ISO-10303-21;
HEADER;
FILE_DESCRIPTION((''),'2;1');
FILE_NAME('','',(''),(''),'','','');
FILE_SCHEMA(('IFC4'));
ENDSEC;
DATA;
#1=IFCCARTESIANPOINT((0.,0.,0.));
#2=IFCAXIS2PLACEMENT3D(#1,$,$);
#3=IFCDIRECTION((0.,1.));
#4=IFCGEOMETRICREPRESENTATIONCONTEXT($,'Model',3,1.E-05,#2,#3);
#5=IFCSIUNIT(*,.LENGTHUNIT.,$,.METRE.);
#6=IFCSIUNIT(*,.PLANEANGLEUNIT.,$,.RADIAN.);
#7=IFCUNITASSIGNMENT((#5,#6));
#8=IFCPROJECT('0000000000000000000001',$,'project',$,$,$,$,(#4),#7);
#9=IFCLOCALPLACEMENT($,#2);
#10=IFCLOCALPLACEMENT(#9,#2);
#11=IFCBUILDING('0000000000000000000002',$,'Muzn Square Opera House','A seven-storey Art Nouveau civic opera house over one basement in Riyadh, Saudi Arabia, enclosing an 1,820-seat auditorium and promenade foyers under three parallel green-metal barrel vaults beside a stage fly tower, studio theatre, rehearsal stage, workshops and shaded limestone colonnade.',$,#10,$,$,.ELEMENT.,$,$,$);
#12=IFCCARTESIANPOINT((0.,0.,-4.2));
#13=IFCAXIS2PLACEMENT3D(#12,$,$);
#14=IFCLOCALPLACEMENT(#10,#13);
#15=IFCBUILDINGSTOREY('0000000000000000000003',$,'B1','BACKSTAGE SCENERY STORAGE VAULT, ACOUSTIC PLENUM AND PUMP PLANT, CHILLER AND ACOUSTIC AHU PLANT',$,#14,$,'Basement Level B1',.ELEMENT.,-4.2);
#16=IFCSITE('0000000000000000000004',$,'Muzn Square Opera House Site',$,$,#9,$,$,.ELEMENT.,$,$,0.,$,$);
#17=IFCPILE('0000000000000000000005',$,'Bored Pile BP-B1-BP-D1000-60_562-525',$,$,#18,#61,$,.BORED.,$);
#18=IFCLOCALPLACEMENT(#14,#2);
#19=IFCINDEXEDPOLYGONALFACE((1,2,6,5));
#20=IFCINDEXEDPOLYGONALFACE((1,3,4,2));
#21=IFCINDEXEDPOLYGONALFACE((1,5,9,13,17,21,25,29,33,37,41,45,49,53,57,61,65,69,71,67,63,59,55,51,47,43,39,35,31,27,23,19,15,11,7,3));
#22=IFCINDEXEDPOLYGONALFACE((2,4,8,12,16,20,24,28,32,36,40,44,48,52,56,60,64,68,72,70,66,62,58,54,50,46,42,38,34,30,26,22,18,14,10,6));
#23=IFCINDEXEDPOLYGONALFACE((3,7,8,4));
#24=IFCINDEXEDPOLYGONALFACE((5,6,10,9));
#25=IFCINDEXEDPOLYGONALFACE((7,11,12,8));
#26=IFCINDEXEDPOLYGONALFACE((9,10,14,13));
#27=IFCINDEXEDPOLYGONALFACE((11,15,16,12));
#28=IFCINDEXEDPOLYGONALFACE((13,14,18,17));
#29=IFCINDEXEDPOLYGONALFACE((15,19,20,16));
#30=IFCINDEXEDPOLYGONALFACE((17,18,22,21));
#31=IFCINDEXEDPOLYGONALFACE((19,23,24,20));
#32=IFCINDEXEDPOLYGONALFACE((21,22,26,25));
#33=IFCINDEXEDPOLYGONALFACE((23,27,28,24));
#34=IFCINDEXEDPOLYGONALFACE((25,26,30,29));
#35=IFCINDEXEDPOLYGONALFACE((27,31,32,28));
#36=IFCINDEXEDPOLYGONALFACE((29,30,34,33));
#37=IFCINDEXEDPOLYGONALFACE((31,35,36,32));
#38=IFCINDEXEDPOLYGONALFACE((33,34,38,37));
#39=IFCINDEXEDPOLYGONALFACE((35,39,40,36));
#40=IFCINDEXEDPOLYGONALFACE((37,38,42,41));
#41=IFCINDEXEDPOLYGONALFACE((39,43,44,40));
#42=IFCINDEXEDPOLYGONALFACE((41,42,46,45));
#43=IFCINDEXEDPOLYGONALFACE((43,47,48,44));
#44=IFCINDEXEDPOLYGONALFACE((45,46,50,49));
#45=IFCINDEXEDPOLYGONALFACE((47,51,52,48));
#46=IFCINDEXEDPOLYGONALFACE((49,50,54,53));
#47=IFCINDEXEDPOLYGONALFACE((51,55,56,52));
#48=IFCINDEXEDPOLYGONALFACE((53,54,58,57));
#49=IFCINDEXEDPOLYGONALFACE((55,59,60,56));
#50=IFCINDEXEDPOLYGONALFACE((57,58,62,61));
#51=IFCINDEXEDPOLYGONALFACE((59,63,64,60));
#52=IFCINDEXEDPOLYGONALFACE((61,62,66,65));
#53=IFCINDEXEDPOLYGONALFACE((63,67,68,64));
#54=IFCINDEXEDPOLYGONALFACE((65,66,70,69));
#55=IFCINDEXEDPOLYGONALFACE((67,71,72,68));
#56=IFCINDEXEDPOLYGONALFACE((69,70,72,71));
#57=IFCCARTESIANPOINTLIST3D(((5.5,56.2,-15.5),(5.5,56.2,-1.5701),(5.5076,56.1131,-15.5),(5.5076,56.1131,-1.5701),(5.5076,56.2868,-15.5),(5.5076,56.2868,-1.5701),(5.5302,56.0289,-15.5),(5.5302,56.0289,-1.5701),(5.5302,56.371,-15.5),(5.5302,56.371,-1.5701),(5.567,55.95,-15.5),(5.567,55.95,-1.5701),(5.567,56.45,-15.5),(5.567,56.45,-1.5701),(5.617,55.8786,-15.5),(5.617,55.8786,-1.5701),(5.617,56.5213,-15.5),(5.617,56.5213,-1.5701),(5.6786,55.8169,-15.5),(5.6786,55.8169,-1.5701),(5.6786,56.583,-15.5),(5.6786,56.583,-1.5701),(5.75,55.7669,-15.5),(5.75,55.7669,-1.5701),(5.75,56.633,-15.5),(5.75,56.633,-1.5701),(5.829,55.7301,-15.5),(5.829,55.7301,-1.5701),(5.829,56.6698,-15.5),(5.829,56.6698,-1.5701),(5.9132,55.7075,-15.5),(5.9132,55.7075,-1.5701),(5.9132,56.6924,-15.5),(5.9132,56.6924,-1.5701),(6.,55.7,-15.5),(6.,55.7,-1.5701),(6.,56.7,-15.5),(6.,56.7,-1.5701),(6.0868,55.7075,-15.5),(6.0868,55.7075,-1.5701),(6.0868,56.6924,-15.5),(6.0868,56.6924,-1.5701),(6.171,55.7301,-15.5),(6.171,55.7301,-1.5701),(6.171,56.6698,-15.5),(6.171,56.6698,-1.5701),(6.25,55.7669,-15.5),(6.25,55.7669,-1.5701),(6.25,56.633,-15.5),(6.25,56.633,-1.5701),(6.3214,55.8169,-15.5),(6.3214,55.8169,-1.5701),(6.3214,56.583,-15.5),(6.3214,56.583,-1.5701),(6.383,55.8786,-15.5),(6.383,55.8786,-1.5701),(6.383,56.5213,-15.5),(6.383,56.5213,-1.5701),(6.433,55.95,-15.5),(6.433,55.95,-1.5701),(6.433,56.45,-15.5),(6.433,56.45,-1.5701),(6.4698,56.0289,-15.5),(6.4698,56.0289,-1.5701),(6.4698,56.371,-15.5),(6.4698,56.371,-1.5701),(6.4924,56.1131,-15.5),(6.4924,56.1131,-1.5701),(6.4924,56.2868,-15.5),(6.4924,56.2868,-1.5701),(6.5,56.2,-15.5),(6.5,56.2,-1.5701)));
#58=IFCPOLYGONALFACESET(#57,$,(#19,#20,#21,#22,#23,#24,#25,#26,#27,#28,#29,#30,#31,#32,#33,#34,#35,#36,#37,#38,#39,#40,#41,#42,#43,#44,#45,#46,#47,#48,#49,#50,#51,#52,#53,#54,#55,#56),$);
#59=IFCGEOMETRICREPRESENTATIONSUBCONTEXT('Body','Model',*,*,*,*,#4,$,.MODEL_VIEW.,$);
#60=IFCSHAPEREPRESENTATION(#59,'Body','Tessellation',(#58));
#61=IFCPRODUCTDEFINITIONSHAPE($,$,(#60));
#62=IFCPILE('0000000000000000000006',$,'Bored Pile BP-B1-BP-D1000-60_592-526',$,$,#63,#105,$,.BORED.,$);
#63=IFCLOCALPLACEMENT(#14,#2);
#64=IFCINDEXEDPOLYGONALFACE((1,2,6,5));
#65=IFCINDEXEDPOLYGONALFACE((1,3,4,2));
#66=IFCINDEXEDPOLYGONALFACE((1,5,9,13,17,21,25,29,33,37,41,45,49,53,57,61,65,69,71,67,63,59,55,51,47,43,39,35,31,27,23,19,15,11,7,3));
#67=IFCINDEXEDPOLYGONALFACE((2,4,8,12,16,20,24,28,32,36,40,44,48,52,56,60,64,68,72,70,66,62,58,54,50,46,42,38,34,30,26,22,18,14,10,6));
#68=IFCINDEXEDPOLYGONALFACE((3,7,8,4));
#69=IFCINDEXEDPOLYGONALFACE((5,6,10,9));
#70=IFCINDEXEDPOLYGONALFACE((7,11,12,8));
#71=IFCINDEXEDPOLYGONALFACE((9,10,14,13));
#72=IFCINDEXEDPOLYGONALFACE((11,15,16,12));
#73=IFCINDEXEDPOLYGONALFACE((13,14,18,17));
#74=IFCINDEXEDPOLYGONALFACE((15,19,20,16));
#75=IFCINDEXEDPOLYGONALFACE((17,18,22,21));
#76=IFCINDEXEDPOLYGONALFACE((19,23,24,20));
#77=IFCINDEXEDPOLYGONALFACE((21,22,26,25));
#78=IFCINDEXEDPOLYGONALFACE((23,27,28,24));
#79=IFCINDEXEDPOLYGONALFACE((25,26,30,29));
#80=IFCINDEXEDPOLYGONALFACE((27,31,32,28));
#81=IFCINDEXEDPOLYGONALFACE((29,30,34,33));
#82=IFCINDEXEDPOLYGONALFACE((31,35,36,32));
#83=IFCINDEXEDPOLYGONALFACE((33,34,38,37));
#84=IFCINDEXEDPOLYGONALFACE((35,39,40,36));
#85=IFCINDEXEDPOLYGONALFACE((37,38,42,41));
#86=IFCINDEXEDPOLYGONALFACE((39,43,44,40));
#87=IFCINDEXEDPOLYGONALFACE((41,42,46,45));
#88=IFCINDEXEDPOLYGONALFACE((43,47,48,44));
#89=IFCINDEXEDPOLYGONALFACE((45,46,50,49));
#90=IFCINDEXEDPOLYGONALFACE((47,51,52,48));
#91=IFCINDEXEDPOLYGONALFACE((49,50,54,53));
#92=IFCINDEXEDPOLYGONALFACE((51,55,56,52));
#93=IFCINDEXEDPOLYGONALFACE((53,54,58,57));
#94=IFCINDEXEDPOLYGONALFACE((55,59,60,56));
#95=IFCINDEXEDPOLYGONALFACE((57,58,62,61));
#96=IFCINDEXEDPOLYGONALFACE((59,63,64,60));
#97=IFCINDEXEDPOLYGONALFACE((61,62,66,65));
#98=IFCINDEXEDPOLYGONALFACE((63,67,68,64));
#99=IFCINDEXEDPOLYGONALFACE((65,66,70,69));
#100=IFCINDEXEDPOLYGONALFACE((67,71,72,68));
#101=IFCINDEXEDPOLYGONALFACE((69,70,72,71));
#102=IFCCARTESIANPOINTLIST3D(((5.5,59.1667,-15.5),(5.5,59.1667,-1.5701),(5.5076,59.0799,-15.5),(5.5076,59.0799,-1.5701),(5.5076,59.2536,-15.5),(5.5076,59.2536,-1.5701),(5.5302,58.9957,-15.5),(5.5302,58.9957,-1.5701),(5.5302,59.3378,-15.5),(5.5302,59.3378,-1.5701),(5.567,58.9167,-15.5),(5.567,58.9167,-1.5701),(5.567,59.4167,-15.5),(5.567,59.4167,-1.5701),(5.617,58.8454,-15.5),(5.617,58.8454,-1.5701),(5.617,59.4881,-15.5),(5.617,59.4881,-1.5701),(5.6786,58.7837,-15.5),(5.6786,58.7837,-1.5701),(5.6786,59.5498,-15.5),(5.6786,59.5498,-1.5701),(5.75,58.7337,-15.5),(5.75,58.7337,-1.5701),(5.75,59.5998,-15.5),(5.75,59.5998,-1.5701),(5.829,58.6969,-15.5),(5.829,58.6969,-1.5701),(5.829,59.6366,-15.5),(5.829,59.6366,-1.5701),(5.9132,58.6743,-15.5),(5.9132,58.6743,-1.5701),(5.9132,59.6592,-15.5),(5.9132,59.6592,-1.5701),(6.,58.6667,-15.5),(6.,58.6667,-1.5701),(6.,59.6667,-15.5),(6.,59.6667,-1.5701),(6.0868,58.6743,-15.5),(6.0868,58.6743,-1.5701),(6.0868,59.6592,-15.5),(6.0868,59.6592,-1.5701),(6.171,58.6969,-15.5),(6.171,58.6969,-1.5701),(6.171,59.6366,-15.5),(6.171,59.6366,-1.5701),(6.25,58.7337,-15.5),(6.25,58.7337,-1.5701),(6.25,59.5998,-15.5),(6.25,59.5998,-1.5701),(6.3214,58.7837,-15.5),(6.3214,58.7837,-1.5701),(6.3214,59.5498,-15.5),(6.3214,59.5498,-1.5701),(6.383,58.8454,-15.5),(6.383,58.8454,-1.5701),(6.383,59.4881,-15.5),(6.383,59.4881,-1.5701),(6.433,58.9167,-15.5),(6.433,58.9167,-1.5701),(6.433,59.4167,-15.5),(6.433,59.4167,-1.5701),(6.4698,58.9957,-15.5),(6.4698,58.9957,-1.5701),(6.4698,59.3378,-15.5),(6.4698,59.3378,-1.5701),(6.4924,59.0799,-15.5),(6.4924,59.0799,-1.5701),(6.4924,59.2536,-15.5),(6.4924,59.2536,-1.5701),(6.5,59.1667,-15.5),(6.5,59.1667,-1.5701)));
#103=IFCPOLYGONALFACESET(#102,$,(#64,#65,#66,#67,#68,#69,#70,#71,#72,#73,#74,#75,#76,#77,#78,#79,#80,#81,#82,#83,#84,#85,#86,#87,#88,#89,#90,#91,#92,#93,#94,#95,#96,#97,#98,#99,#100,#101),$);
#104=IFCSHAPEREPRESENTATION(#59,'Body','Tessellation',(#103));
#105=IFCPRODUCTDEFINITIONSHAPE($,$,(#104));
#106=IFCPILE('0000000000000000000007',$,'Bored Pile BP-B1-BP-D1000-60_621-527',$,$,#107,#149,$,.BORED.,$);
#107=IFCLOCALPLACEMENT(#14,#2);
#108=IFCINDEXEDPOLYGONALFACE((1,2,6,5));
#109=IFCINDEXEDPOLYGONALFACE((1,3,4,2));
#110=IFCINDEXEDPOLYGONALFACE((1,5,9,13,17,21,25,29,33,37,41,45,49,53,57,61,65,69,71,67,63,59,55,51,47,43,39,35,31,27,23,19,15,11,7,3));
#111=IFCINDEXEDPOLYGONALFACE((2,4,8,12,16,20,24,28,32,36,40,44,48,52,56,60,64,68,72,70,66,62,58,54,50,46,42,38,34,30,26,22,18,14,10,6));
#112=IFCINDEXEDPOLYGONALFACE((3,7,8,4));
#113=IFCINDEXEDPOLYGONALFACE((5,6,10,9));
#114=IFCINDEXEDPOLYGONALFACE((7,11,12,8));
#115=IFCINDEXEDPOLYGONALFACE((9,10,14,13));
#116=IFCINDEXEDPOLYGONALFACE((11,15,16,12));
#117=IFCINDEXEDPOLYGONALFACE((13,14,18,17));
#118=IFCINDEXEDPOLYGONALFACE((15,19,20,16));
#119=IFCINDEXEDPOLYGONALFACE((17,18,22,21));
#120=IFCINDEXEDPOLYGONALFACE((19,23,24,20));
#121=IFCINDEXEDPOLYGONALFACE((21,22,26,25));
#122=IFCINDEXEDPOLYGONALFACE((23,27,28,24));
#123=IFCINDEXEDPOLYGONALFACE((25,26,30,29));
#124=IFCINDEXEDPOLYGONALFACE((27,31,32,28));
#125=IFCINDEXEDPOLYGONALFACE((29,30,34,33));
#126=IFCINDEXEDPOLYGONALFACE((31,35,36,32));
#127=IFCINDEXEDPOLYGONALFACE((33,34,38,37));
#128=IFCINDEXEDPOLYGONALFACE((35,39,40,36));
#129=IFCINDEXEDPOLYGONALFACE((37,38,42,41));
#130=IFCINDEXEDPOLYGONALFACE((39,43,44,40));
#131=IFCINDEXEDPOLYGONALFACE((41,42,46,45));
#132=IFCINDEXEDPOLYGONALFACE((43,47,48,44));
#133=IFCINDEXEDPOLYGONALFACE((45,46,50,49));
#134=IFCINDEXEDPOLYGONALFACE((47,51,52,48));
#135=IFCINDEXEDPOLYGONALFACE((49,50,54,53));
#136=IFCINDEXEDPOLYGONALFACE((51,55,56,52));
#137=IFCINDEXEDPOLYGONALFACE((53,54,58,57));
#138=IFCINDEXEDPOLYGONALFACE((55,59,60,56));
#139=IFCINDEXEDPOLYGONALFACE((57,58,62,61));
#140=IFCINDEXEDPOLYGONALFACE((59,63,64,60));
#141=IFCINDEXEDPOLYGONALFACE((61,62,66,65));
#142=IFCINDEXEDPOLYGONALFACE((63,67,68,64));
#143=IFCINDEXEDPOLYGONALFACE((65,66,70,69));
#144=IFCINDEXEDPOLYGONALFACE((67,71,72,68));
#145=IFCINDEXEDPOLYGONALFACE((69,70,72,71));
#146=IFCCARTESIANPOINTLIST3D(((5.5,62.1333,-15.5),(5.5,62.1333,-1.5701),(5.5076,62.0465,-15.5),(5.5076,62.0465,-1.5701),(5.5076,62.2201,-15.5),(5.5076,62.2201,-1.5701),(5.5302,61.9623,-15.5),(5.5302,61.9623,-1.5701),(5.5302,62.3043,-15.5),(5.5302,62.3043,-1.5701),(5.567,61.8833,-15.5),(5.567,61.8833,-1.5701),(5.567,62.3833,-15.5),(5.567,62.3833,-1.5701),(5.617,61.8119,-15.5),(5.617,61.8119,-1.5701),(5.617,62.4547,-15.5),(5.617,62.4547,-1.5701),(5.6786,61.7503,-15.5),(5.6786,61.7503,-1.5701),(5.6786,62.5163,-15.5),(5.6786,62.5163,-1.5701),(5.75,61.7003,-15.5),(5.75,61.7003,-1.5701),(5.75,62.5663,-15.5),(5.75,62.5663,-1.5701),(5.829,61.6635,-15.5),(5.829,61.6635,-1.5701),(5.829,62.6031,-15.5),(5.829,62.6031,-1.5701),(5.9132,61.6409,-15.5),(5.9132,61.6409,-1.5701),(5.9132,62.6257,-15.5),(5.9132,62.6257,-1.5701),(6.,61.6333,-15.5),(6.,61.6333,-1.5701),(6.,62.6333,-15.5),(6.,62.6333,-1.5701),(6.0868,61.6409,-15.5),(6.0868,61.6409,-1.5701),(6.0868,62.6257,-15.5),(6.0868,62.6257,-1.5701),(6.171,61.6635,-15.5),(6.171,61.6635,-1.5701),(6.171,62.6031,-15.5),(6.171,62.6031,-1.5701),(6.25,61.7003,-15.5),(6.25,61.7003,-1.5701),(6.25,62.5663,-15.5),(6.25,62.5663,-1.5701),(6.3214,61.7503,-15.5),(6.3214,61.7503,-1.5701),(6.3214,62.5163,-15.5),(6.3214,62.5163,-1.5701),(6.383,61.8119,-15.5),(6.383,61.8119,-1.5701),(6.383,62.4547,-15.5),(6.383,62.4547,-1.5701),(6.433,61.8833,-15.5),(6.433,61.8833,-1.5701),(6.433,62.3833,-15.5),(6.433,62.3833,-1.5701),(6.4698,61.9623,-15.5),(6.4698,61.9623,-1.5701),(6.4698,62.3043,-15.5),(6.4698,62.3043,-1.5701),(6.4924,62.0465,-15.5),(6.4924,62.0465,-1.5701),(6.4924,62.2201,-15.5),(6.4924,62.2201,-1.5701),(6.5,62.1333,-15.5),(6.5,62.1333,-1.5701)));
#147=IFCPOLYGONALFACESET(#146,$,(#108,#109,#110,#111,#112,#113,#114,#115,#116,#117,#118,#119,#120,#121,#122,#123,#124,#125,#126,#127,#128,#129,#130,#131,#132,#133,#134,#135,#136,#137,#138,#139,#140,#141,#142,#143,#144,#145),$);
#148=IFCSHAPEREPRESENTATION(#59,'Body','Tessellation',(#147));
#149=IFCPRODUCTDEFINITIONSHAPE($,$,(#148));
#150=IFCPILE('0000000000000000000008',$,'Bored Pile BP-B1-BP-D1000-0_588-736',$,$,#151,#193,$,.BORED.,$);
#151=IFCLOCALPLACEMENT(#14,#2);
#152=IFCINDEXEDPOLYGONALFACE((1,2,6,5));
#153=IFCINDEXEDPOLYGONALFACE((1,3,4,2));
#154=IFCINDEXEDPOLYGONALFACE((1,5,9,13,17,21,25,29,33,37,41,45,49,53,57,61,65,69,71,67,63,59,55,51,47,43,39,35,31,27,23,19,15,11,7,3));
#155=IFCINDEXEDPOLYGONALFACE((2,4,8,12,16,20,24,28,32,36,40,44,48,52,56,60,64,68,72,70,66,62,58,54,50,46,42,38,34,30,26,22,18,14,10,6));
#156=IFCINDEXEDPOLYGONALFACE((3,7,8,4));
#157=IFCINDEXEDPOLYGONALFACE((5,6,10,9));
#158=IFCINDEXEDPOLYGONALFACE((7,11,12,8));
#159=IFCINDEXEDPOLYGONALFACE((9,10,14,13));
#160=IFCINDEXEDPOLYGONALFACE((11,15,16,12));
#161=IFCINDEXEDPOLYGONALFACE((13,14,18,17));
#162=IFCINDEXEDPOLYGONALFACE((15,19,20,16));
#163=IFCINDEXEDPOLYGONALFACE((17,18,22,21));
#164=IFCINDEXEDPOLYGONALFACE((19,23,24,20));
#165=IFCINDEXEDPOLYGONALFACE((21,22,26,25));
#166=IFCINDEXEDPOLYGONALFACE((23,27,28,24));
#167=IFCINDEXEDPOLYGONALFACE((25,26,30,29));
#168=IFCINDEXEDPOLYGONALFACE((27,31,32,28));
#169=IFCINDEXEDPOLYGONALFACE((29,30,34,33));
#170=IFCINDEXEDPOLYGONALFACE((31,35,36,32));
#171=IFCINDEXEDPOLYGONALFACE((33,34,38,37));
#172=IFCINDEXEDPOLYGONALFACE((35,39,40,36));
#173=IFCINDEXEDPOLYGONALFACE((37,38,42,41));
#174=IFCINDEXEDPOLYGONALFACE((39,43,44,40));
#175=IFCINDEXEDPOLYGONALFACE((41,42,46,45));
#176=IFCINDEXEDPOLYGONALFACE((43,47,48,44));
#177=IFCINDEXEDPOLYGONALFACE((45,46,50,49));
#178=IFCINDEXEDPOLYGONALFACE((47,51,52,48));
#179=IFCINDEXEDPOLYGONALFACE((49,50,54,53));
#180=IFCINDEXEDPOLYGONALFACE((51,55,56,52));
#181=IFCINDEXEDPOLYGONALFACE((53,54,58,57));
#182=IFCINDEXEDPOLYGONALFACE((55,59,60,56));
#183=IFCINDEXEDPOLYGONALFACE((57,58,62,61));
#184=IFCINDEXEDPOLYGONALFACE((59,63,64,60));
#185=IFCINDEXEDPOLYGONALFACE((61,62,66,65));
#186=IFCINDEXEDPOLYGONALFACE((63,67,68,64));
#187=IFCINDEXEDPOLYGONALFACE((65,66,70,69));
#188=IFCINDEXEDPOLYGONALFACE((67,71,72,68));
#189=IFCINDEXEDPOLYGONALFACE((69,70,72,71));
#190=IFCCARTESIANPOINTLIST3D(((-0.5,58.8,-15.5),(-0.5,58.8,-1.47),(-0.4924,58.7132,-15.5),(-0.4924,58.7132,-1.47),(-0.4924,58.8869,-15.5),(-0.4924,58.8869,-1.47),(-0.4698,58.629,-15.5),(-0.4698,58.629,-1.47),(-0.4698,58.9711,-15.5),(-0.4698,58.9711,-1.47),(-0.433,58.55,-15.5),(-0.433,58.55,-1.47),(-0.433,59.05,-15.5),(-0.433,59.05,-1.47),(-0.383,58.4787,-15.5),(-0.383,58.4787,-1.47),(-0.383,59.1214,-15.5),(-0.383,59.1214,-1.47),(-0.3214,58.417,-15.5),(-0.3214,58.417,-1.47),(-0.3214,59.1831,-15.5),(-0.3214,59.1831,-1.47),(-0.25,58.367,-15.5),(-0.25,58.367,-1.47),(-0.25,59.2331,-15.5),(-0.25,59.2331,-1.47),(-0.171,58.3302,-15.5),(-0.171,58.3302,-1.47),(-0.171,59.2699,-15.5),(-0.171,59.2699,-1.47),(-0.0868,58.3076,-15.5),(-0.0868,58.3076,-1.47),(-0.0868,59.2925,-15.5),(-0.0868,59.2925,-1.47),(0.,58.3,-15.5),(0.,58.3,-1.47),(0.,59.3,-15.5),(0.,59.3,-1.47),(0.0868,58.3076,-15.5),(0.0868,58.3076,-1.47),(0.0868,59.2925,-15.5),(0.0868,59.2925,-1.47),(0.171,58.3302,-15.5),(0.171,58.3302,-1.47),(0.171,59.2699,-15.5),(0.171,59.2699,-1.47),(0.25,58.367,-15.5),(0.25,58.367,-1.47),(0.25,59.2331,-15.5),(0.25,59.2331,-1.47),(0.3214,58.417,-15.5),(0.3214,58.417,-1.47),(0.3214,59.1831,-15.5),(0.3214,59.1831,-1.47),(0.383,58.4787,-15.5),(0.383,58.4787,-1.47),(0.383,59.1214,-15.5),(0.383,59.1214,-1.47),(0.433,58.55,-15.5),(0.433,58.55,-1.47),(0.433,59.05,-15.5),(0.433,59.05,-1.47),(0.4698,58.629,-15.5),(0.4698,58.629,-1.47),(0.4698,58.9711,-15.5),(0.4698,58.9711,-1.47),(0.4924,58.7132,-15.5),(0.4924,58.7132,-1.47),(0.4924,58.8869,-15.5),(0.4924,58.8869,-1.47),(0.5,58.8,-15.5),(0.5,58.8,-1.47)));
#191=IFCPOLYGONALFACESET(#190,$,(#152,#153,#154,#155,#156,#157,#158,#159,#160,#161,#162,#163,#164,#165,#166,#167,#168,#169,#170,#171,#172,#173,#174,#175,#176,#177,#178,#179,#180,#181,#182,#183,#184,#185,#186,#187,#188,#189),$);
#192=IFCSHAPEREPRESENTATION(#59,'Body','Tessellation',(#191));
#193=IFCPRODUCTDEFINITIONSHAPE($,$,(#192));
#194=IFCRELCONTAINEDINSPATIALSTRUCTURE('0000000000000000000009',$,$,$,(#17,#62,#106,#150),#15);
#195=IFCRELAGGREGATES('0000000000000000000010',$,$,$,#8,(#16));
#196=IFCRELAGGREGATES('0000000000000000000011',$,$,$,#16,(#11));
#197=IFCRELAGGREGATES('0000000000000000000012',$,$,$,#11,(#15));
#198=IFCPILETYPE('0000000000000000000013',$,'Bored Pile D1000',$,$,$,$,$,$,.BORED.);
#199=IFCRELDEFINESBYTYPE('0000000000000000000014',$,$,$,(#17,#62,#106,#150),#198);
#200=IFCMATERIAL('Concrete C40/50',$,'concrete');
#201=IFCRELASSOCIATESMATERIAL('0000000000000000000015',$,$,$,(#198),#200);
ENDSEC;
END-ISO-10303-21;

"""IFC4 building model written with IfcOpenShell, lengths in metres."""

from ifc_helpers import new_model, si_unit, direction, frame, origin, origin_2d, place, context, subcontext, project, spatial, circle, extrude, material, material_profile, profile_set, type_object, element, save


model = new_model("IFC4")

# Units and contexts
model_context = context("Model", 3, precision=1e-05, world=origin(), true_north=direction((0.0, 1.0)))
body_context = subcontext(model_context, "Body", "Model", "MODEL_VIEW")
ifc_project = project(units=[si_unit("LENGTHUNIT", "METRE"), si_unit("PLANEANGLEUNIT", "RADIAN")], contexts=[model_context])

# Site, building, storey
site_placement = place(None, origin())
site = spatial("IfcSite", under=ifc_project, at=site_placement, Name="Muzn Square Opera House Site", CompositionType="ELEMENT", RefElevation=0.0)
building_placement = place(site_placement, origin())
building = spatial("IfcBuilding", under=site, at=building_placement, Name="Muzn Square Opera House", Description="A seven-storey Art Nouveau civic opera house over one basement in Riyadh, Saudi Arabia, enclosing an 1,820-seat auditorium and promenade foyers under three parallel green-metal barrel vaults beside a stage fly tower, studio theatre, rehearsal stage, workshops and shaded limestone colonnade.", CompositionType="ELEMENT")
storey_placement = place(building_placement, frame((0.0, 0.0, -4.2)))
storey = spatial("IfcBuildingStorey", under=building, at=storey_placement, Name="B1", Description="BACKSTAGE SCENERY STORAGE VAULT, ACOUSTIC PLENUM AND PUMP PLANT, CHILLER AND ACOUSTIC AHU PLANT", LongName="Basement Level B1", CompositionType="ELEMENT", Elevation=-4.2)

# Piles
ifc_material_1 = material(Name="Concrete C40/50", Category="concrete")
ifc_material_profile_1 = material_profile(ifc_material_1, circle(Radius=0.5, at=origin_2d()), Name="BORED PILE D1000", Category="concrete")
ifc_profile_set_1 = profile_set([ifc_material_profile_1], Name="Concrete C40/50")
pile_type = type_object("IfcPileType", Name="Bored Pile D1000", PredefinedType="BORED", material=ifc_profile_set_1)
for number, where, z_axis, x_axis, name in (
    (1, (6.0, 56.2, -1.5701), (0.0, 0.0, -1.0), (1.0, 0.0, 0.0), "Bored Pile BP-B1-BP-D1000-60_562-525"),
    (2, (6.0, 59.1667, -1.5701), (0.0, 0.0, -1.0), (1.0, 0.0, 0.0), "Bored Pile BP-B1-BP-D1000-60_592-526"),
    (3, (6.0, 62.1333, -1.5701), (0.0, 0.0, -1.0), (1.0, 0.0, 0.0), "Bored Pile BP-B1-BP-D1000-60_621-527"),
):
    element("IfcPile", number, at=place(storey_placement, frame(where, z_axis=z_axis, x_axis=x_axis)), inside=storey, type_object=pile_type, Name=name, PredefinedType="BORED", context=body_context, shape_type="SweptSolid", body=[
        extrude(circle(Radius=0.5, at=origin_2d()), origin(), (0.0, 0.0, 1.0), 13.9299),
    ])
for number, where, z_axis, x_axis, name in (
    (4, (0.0, 58.8, -1.47), (0.0, 0.0, -1.0), (1.0, 0.0, 0.0), "Bored Pile BP-B1-BP-D1000-0_588-736"),
):
    element("IfcPile", number, at=place(storey_placement, frame(where, z_axis=z_axis, x_axis=x_axis)), inside=storey, type_object=pile_type, Name=name, PredefinedType="BORED", context=body_context, shape_type="SweptSolid", body=[
        extrude(circle(Radius=0.5, at=origin_2d()), origin(), (0.0, 0.0, 1.0), 14.03),
    ])

save(model, "model.ifc")
